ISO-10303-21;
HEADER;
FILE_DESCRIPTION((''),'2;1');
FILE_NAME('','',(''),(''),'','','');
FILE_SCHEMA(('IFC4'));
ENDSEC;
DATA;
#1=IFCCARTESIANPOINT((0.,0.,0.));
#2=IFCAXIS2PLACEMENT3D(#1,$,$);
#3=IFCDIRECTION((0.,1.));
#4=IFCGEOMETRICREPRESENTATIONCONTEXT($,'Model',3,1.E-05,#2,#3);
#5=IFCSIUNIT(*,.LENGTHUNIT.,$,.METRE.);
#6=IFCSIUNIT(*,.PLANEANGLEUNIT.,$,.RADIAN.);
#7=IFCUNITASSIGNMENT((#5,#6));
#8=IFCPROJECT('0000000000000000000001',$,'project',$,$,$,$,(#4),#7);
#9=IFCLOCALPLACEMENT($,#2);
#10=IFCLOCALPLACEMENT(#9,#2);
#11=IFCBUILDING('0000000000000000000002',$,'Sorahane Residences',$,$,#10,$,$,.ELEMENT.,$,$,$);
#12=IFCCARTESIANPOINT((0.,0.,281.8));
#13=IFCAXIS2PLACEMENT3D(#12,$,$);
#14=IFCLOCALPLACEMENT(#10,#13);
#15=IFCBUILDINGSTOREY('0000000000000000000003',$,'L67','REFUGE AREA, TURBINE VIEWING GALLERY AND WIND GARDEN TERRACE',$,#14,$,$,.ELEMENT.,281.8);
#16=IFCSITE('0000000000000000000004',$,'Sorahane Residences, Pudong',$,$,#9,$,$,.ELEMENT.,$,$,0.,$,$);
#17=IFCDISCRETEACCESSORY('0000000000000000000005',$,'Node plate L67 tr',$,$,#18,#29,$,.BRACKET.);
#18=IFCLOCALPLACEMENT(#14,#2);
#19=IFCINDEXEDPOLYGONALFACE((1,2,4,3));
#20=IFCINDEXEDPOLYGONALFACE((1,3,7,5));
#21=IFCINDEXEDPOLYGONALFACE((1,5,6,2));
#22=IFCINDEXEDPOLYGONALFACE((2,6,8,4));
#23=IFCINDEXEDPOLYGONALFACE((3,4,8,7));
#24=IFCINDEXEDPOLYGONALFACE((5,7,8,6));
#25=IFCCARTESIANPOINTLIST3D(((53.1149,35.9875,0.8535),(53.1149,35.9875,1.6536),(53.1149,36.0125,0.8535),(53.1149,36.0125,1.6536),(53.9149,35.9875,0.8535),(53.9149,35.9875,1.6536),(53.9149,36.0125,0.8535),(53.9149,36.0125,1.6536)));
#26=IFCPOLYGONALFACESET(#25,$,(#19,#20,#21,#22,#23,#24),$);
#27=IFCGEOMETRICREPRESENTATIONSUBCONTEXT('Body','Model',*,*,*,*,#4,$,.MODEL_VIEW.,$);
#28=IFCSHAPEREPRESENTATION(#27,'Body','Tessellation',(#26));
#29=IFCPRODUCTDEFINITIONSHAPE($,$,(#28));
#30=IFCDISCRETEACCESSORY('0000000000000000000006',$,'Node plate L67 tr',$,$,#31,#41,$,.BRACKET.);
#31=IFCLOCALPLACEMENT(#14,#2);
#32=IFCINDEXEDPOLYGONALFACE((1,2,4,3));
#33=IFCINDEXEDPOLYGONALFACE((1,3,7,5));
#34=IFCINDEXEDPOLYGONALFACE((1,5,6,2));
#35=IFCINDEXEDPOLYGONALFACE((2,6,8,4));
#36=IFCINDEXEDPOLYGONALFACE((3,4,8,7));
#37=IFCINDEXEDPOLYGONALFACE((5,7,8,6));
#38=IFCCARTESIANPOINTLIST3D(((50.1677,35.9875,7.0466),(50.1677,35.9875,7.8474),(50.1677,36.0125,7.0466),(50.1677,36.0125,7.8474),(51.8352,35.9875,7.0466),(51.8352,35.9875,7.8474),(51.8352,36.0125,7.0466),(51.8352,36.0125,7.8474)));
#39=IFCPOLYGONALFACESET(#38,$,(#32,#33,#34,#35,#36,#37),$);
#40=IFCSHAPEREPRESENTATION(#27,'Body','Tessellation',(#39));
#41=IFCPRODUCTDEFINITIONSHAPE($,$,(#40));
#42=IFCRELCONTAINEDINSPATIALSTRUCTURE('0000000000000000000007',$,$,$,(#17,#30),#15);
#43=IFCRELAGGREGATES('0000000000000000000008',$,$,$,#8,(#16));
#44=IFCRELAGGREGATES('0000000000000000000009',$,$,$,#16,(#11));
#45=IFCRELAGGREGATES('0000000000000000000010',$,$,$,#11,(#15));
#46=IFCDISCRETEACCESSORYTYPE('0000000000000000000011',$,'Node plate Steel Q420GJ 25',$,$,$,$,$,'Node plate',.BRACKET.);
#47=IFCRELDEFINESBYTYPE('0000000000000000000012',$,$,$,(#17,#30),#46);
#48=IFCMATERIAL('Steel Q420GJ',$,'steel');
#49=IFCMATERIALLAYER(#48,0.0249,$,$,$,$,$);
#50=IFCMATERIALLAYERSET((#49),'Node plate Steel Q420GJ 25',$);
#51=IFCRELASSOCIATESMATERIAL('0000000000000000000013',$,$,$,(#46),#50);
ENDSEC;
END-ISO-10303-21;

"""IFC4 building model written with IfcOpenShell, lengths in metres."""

from ifc_helpers import new_model, si_unit, direction, frame, origin, origin_2d, place, context, subcontext, project, spatial, rectangle, extrude, material, layer, layer_set, type_object, element, save


model = new_model("IFC4")

# Units and contexts
model_context = context("Model", 3, precision=1e-05, world=origin(), true_north=direction((0.0, 1.0)))
body_context = subcontext(model_context, "Body", "Model", "MODEL_VIEW")
ifc_project = project(units=[si_unit("LENGTHUNIT", "METRE"), si_unit("PLANEANGLEUNIT", "RADIAN")], contexts=[model_context])

# Site, building, storey
site_placement = place(None, origin())
site = spatial("IfcSite", under=ifc_project, at=site_placement, Name="Sorahane Residences, Pudong", CompositionType="ELEMENT", RefElevation=0.0)
building_placement = place(site_placement, origin())
building = spatial("IfcBuilding", under=site, at=building_placement, Name="Sorahane Residences", CompositionType="ELEMENT")
storey_placement = place(building_placement, frame((0.0, 0.0, 281.8)))
storey = spatial("IfcBuildingStorey", under=building, at=storey_placement, Name="L67", Description="REFUGE AREA, TURBINE VIEWING GALLERY AND WIND GARDEN TERRACE", CompositionType="ELEMENT", Elevation=281.8)

# Discrete accessories
ifc_material_1 = material(Name="Steel Q420GJ", Category="steel")
ifc_layer_1 = layer(ifc_material_1, 0.0249)
ifc_layer_set_1 = layer_set([ifc_layer_1], Name="Node plate Steel Q420GJ 25")
discrete_accessory_type_1 = type_object("IfcDiscreteAccessoryType", Name="Node plate Steel Q420GJ 25", ElementType="Node plate", PredefinedType="BRACKET", material=ifc_layer_set_1)
for number, where, z_axis, x_axis, name in (
    (1, (53.5149, 36.0, 0.8535), (0.0, 0.0, 1.0), (1.0, 0.0, 0.0), "Node plate L67 tr"),
):
    element("IfcDiscreteAccessory", number, at=place(storey_placement, frame(where, z_axis=z_axis, x_axis=x_axis)), inside=storey, type_object=discrete_accessory_type_1, Name=name, PredefinedType="BRACKET", context=body_context, shape_type="SweptSolid", body=[
        extrude(rectangle(XDim=0.8, YDim=0.0249, at=origin_2d()), origin(), (0.0, 0.0, 1.0), 0.8),
    ])
discrete_accessory_1_placement = place(storey_placement, frame((51.0015, 36.0, 7.0466), z_axis=(0.0, 0.0, 1.0), x_axis=(1.0, 0.0, 0.0)))
element("IfcDiscreteAccessory", 2, at=discrete_accessory_1_placement, inside=storey, type_object=discrete_accessory_type_1, Name="Node plate L67 tr", PredefinedType="BRACKET", context=body_context, shape_type="SweptSolid", body=[
    extrude(rectangle(XDim=1.6675, YDim=0.0249, at=origin_2d()), origin(), (0.0, 0.0, 1.0), 0.8008),
])

save(model, "model.ifc")
